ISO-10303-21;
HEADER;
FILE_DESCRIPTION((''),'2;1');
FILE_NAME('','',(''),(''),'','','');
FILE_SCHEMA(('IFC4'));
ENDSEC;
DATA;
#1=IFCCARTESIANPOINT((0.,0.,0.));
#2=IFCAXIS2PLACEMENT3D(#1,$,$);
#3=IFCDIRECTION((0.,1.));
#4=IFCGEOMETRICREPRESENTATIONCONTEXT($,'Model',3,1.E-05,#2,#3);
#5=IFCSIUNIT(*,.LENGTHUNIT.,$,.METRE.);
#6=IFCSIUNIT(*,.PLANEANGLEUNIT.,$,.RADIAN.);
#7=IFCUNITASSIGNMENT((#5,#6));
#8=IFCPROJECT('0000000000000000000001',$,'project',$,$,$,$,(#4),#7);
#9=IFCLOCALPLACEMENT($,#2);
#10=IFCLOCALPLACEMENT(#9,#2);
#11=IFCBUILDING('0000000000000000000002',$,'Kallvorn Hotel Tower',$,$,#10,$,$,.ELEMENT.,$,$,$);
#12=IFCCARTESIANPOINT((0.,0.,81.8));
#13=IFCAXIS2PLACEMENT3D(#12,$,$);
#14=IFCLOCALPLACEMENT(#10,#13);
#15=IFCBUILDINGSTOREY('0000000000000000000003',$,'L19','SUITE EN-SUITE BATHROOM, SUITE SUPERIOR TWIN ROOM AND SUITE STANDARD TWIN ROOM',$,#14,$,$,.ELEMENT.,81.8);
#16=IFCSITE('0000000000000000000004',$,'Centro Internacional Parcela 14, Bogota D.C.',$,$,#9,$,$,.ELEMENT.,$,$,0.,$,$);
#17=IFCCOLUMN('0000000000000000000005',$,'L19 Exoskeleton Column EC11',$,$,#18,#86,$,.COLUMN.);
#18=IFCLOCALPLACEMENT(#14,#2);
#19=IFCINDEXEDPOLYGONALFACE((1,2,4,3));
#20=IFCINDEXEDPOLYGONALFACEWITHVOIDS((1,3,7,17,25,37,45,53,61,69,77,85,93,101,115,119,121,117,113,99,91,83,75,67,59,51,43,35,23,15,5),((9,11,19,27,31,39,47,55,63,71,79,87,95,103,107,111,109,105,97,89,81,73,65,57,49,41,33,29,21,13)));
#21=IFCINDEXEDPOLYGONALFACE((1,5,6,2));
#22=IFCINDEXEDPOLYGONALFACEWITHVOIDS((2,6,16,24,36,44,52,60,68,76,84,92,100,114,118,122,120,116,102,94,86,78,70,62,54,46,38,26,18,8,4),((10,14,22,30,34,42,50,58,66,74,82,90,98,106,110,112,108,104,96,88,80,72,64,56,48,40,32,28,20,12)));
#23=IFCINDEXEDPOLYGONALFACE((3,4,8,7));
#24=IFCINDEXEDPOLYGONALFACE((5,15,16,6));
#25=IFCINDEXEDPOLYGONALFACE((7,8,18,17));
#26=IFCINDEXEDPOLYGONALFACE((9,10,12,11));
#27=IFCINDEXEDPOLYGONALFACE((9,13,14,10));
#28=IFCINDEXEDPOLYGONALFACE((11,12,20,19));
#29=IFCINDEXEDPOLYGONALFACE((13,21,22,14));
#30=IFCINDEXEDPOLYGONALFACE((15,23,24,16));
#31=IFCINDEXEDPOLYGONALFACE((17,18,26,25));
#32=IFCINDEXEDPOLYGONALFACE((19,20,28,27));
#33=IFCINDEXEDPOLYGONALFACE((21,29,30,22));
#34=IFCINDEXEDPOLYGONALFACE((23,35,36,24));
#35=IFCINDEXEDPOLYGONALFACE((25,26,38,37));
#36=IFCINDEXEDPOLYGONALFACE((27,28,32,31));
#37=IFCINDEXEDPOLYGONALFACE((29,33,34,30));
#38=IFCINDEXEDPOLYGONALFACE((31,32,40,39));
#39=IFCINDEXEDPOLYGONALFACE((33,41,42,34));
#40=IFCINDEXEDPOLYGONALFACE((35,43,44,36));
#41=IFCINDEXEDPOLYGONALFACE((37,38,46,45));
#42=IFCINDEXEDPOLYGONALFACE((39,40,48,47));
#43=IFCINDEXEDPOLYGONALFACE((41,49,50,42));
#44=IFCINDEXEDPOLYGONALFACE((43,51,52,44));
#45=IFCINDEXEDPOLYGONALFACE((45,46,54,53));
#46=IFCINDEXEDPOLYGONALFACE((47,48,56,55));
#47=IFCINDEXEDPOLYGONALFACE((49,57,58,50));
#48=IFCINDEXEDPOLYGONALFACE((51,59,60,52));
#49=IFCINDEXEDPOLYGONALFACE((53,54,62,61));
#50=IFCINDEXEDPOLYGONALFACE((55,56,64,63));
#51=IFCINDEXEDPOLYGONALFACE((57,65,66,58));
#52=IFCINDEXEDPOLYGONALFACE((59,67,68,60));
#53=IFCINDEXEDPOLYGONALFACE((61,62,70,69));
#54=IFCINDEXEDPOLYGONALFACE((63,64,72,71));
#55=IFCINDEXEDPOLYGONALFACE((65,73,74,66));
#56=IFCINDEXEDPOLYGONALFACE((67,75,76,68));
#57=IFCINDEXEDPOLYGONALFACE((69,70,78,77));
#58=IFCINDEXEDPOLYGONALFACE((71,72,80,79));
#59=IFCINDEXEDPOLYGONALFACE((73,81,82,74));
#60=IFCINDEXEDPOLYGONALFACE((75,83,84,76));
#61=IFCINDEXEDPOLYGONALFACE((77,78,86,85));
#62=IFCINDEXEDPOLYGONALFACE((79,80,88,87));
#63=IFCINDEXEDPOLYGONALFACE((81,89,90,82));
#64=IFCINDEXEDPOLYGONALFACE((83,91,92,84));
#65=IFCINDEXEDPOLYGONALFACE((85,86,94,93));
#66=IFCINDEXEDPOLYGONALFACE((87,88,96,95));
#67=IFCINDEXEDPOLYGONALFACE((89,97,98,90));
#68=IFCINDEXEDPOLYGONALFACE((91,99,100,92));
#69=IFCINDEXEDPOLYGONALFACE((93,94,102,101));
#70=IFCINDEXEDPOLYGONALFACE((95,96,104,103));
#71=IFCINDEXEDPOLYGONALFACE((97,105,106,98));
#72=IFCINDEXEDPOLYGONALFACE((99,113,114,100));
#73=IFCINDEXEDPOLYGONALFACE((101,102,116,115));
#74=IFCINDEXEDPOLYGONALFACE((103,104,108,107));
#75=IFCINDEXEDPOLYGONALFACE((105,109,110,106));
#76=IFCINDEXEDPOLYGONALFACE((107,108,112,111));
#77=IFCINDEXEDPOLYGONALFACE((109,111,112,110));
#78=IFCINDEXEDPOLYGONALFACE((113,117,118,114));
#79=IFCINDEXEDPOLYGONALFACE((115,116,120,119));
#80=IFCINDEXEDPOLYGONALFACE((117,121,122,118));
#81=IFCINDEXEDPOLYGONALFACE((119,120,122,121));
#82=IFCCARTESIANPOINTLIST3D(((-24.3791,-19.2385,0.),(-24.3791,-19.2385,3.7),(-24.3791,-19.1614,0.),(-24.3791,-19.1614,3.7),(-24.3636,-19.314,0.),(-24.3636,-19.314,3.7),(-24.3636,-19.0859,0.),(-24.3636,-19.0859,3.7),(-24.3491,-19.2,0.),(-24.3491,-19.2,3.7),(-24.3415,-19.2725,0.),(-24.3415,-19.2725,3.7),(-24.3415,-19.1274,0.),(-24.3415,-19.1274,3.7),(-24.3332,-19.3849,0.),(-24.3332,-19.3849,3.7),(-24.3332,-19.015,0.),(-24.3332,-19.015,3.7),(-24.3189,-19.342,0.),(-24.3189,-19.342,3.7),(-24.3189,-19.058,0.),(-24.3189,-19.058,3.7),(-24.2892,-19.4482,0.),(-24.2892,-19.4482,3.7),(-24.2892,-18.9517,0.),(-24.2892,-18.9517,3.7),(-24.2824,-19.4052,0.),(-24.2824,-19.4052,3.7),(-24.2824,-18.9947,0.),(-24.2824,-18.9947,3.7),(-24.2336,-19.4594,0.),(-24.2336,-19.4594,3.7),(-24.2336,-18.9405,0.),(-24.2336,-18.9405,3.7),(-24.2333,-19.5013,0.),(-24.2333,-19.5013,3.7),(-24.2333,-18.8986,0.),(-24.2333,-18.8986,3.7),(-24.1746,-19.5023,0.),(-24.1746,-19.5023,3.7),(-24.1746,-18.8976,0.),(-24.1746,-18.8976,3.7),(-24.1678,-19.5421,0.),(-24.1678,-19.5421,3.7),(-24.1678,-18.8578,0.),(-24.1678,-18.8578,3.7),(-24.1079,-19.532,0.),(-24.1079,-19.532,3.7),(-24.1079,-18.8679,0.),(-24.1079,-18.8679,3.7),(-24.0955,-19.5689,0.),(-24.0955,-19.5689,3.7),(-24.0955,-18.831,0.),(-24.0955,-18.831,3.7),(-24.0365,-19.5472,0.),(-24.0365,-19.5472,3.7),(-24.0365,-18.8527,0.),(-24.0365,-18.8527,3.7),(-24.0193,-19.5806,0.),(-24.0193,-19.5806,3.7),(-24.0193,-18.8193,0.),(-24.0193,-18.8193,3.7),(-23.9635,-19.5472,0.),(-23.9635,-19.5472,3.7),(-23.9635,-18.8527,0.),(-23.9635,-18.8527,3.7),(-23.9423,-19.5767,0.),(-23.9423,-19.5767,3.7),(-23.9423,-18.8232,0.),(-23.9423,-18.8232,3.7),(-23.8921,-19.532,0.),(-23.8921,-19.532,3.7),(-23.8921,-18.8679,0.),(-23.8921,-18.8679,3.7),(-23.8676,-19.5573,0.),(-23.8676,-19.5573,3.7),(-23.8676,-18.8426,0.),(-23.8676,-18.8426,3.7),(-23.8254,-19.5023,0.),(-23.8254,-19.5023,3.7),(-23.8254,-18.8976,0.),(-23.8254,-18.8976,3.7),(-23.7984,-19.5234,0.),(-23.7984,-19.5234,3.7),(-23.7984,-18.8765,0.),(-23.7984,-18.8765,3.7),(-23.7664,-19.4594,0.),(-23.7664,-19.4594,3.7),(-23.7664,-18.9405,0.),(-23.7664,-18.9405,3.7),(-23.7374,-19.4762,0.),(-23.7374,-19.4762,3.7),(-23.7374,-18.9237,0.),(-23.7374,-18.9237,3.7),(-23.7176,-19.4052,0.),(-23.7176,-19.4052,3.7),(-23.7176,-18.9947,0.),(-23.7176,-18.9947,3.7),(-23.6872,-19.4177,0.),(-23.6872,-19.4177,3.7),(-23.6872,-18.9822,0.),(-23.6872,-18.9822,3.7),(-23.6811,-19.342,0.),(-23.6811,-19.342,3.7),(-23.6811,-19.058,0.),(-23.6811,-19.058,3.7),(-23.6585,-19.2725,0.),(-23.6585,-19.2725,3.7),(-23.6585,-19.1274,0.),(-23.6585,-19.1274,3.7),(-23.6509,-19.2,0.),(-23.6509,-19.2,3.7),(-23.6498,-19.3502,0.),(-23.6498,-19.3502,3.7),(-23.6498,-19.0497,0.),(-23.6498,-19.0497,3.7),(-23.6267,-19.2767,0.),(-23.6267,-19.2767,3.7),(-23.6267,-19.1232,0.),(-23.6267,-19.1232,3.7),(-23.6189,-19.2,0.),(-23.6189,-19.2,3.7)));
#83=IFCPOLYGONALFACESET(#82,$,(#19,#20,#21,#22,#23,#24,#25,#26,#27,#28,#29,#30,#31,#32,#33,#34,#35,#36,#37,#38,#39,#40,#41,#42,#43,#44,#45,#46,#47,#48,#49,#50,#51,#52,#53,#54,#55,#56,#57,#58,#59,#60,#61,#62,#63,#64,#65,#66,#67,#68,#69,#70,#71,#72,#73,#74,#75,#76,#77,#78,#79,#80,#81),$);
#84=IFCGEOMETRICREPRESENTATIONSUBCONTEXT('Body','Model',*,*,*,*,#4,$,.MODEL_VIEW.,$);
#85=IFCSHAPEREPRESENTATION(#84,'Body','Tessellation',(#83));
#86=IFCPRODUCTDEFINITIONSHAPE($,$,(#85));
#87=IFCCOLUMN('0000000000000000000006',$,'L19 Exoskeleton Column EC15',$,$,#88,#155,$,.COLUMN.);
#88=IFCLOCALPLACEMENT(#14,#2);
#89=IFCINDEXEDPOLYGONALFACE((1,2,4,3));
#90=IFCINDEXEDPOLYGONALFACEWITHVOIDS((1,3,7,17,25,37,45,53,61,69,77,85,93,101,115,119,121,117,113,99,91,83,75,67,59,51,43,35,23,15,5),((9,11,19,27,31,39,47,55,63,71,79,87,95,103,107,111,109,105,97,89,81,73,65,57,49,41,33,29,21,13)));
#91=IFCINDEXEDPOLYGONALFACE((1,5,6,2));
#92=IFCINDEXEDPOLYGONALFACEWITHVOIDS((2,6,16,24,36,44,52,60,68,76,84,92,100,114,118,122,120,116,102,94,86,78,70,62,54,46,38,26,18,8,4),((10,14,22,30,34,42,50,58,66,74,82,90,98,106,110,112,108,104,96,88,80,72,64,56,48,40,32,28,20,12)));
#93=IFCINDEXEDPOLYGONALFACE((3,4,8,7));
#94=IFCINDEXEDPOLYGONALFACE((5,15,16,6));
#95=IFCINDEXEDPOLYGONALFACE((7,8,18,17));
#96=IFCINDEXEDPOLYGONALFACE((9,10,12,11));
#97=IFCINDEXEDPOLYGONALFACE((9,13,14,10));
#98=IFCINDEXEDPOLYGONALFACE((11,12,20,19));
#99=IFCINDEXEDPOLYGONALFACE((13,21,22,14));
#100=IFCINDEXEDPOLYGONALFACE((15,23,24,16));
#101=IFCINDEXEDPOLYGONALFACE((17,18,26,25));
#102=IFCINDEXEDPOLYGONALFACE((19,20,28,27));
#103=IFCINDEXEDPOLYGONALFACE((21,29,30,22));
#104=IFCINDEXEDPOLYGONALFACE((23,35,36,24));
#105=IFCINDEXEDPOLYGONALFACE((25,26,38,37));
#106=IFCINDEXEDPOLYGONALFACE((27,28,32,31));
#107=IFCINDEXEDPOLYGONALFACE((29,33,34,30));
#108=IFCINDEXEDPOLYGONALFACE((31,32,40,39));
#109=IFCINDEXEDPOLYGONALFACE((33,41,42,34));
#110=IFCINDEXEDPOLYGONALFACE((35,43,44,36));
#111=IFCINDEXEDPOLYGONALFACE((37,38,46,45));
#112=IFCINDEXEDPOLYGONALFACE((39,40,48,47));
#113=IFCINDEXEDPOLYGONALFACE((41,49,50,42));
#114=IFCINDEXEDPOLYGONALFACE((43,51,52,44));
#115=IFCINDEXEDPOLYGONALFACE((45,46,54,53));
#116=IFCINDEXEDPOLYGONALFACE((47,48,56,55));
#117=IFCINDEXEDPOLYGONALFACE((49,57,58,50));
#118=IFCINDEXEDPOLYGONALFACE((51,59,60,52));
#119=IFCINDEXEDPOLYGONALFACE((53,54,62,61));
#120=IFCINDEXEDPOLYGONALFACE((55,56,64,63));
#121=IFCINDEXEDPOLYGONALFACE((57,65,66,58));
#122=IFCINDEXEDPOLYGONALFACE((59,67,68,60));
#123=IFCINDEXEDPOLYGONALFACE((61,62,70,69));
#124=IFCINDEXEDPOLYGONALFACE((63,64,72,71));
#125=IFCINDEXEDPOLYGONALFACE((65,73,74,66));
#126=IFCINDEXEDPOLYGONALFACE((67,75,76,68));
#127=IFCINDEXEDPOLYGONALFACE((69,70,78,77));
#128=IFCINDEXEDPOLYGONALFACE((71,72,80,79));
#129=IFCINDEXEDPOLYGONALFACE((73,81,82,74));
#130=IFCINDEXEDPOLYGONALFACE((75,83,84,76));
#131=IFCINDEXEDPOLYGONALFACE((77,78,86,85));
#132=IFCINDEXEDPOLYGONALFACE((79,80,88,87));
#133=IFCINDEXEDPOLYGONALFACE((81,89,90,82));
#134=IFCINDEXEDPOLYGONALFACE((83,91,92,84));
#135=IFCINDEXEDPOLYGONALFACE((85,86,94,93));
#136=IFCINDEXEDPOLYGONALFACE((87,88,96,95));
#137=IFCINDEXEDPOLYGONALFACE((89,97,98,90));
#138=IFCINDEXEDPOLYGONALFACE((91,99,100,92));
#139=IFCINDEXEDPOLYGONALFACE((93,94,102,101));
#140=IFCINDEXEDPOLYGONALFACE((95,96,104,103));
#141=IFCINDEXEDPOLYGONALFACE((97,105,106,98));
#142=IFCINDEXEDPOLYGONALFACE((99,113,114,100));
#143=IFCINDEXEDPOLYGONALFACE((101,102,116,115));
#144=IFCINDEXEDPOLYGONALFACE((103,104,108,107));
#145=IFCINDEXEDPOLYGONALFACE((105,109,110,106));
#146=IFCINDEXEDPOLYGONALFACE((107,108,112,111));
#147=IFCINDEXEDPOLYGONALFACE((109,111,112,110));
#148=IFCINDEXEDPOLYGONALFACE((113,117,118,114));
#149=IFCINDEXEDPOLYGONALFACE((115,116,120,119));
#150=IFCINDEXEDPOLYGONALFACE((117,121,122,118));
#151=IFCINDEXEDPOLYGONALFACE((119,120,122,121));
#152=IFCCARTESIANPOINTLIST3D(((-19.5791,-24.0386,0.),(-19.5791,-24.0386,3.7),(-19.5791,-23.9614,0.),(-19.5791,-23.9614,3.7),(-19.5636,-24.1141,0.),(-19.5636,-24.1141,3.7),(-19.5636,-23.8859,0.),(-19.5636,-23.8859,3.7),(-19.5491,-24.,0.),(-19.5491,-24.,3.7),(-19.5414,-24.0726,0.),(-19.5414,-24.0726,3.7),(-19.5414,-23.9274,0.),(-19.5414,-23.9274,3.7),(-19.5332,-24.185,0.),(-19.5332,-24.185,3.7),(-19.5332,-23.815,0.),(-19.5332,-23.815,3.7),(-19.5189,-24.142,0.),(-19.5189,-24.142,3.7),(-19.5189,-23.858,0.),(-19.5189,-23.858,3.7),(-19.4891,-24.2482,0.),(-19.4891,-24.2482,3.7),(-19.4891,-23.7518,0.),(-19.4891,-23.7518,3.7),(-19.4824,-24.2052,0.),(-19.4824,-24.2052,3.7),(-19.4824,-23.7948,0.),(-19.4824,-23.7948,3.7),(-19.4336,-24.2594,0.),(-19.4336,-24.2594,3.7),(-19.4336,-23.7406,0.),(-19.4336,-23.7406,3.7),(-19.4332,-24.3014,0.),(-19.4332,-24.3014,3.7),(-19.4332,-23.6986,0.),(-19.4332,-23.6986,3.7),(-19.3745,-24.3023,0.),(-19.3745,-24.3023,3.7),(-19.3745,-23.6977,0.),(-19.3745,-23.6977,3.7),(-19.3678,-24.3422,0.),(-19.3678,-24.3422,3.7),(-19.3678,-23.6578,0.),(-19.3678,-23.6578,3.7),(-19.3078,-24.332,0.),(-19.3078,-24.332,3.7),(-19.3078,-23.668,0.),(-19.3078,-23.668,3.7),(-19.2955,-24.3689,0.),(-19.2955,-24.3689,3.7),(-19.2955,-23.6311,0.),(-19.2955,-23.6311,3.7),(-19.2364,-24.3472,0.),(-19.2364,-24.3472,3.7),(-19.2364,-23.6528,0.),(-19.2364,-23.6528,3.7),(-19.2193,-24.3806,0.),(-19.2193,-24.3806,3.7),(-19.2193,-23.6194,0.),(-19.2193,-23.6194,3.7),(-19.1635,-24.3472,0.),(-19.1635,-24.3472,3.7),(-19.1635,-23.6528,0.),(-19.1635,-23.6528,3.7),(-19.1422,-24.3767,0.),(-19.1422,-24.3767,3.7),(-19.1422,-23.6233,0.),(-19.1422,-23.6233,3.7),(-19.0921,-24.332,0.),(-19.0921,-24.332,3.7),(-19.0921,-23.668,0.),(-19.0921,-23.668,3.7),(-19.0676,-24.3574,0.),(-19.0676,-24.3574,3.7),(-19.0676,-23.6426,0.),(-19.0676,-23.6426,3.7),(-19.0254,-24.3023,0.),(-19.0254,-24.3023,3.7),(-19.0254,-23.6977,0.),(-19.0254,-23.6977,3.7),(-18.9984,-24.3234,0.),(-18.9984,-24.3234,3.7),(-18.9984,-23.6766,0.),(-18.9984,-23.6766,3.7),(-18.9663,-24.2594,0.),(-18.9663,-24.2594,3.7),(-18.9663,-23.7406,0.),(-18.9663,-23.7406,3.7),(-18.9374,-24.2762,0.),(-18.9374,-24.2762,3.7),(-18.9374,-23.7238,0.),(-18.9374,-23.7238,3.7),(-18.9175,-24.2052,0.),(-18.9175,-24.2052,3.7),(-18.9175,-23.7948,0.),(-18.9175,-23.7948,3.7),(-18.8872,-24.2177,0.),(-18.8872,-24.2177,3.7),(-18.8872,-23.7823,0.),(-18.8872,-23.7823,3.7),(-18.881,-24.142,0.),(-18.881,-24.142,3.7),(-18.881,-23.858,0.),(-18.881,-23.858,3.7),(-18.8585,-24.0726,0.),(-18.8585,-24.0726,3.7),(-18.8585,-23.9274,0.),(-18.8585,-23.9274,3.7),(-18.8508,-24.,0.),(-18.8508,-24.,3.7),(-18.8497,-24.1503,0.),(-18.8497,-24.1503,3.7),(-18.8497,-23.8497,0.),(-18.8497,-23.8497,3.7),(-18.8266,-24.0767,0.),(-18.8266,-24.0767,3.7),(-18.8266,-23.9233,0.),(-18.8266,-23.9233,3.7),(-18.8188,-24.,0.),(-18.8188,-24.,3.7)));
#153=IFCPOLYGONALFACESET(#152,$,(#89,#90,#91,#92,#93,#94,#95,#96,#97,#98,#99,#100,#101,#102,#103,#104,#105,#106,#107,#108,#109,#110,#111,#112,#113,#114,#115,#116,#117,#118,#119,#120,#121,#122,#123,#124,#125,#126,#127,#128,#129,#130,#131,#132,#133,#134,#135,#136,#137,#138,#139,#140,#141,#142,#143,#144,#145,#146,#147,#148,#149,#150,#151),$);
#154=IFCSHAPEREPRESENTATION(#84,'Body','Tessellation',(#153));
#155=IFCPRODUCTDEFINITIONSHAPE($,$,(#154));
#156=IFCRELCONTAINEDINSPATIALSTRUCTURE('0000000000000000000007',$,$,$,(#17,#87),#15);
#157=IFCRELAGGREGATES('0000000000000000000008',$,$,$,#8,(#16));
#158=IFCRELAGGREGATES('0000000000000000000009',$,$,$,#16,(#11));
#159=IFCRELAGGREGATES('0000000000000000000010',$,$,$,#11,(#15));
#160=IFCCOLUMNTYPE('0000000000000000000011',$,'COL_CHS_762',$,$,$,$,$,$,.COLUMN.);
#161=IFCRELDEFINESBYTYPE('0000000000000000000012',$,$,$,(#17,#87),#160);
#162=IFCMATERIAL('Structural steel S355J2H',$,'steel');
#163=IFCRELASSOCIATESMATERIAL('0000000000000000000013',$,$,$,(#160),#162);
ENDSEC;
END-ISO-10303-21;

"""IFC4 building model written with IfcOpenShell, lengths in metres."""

from ifc_helpers import new_model, si_unit, direction, frame, origin, origin_2d, place, context, subcontext, project, spatial, hollow_circle, extrude, material, material_profile, profile_set, type_object, element, save


model = new_model("IFC4")

# Units and contexts
model_context = context("Model", 3, precision=1e-05, world=origin(), true_north=direction((0.0, 1.0)))
body_context = subcontext(model_context, "Body", "Model", "MODEL_VIEW")
ifc_project = project(units=[si_unit("LENGTHUNIT", "METRE"), si_unit("PLANEANGLEUNIT", "RADIAN")], contexts=[model_context])

# Site, building, storey
site_placement = place(None, origin())
site = spatial("IfcSite", under=ifc_project, at=site_placement, Name="Centro Internacional Parcela 14, Bogota D.C.", CompositionType="ELEMENT", RefElevation=0.0)
building_placement = place(site_placement, origin())
building = spatial("IfcBuilding", under=site, at=building_placement, Name="Kallvorn Hotel Tower", CompositionType="ELEMENT")
storey_placement = place(building_placement, frame((0.0, 0.0, 81.8)))
storey = spatial("IfcBuildingStorey", under=building, at=storey_placement, Name="L19", Description="SUITE EN-SUITE BATHROOM, SUITE SUPERIOR TWIN ROOM AND SUITE STANDARD TWIN ROOM", CompositionType="ELEMENT", Elevation=81.8)

# Columns
ifc_material_1 = material(Name="Structural steel S355J2H", Category="steel")
ifc_material_profile_1 = material_profile(ifc_material_1, hollow_circle(Radius=0.3811, WallThickness=0.032, at=origin_2d()), Name="CHS 762x32")
ifc_profile_set_1 = profile_set([ifc_material_profile_1], Name="Structural steel S355J2H")
column_type = type_object("IfcColumnType", Name="COL_CHS_762", PredefinedType="COLUMN", material=ifc_profile_set_1)
for number, where, z_axis, x_axis, name in (
    (1, (-24.0, -19.2, 0.0), (0.0, 0.0, 1.0), (1.0, 0.0, 0.0), "L19 Exoskeleton Column EC11"),
    (2, (-19.2, -24.0, 0.0), (0.0, 0.0, 1.0), (1.0, 0.0, 0.0), "L19 Exoskeleton Column EC15"),
):
    element("IfcColumn", number, at=place(storey_placement, frame(where, z_axis=z_axis, x_axis=x_axis)), inside=storey, type_object=column_type, Name=name, PredefinedType="COLUMN", context=body_context, shape_type="SweptSolid", body=[
        extrude(hollow_circle(Radius=0.3811, WallThickness=0.032, at=origin_2d()), origin(), (0.0, 0.0, 1.0), 3.7),
    ])

save(model, "model.ifc")
